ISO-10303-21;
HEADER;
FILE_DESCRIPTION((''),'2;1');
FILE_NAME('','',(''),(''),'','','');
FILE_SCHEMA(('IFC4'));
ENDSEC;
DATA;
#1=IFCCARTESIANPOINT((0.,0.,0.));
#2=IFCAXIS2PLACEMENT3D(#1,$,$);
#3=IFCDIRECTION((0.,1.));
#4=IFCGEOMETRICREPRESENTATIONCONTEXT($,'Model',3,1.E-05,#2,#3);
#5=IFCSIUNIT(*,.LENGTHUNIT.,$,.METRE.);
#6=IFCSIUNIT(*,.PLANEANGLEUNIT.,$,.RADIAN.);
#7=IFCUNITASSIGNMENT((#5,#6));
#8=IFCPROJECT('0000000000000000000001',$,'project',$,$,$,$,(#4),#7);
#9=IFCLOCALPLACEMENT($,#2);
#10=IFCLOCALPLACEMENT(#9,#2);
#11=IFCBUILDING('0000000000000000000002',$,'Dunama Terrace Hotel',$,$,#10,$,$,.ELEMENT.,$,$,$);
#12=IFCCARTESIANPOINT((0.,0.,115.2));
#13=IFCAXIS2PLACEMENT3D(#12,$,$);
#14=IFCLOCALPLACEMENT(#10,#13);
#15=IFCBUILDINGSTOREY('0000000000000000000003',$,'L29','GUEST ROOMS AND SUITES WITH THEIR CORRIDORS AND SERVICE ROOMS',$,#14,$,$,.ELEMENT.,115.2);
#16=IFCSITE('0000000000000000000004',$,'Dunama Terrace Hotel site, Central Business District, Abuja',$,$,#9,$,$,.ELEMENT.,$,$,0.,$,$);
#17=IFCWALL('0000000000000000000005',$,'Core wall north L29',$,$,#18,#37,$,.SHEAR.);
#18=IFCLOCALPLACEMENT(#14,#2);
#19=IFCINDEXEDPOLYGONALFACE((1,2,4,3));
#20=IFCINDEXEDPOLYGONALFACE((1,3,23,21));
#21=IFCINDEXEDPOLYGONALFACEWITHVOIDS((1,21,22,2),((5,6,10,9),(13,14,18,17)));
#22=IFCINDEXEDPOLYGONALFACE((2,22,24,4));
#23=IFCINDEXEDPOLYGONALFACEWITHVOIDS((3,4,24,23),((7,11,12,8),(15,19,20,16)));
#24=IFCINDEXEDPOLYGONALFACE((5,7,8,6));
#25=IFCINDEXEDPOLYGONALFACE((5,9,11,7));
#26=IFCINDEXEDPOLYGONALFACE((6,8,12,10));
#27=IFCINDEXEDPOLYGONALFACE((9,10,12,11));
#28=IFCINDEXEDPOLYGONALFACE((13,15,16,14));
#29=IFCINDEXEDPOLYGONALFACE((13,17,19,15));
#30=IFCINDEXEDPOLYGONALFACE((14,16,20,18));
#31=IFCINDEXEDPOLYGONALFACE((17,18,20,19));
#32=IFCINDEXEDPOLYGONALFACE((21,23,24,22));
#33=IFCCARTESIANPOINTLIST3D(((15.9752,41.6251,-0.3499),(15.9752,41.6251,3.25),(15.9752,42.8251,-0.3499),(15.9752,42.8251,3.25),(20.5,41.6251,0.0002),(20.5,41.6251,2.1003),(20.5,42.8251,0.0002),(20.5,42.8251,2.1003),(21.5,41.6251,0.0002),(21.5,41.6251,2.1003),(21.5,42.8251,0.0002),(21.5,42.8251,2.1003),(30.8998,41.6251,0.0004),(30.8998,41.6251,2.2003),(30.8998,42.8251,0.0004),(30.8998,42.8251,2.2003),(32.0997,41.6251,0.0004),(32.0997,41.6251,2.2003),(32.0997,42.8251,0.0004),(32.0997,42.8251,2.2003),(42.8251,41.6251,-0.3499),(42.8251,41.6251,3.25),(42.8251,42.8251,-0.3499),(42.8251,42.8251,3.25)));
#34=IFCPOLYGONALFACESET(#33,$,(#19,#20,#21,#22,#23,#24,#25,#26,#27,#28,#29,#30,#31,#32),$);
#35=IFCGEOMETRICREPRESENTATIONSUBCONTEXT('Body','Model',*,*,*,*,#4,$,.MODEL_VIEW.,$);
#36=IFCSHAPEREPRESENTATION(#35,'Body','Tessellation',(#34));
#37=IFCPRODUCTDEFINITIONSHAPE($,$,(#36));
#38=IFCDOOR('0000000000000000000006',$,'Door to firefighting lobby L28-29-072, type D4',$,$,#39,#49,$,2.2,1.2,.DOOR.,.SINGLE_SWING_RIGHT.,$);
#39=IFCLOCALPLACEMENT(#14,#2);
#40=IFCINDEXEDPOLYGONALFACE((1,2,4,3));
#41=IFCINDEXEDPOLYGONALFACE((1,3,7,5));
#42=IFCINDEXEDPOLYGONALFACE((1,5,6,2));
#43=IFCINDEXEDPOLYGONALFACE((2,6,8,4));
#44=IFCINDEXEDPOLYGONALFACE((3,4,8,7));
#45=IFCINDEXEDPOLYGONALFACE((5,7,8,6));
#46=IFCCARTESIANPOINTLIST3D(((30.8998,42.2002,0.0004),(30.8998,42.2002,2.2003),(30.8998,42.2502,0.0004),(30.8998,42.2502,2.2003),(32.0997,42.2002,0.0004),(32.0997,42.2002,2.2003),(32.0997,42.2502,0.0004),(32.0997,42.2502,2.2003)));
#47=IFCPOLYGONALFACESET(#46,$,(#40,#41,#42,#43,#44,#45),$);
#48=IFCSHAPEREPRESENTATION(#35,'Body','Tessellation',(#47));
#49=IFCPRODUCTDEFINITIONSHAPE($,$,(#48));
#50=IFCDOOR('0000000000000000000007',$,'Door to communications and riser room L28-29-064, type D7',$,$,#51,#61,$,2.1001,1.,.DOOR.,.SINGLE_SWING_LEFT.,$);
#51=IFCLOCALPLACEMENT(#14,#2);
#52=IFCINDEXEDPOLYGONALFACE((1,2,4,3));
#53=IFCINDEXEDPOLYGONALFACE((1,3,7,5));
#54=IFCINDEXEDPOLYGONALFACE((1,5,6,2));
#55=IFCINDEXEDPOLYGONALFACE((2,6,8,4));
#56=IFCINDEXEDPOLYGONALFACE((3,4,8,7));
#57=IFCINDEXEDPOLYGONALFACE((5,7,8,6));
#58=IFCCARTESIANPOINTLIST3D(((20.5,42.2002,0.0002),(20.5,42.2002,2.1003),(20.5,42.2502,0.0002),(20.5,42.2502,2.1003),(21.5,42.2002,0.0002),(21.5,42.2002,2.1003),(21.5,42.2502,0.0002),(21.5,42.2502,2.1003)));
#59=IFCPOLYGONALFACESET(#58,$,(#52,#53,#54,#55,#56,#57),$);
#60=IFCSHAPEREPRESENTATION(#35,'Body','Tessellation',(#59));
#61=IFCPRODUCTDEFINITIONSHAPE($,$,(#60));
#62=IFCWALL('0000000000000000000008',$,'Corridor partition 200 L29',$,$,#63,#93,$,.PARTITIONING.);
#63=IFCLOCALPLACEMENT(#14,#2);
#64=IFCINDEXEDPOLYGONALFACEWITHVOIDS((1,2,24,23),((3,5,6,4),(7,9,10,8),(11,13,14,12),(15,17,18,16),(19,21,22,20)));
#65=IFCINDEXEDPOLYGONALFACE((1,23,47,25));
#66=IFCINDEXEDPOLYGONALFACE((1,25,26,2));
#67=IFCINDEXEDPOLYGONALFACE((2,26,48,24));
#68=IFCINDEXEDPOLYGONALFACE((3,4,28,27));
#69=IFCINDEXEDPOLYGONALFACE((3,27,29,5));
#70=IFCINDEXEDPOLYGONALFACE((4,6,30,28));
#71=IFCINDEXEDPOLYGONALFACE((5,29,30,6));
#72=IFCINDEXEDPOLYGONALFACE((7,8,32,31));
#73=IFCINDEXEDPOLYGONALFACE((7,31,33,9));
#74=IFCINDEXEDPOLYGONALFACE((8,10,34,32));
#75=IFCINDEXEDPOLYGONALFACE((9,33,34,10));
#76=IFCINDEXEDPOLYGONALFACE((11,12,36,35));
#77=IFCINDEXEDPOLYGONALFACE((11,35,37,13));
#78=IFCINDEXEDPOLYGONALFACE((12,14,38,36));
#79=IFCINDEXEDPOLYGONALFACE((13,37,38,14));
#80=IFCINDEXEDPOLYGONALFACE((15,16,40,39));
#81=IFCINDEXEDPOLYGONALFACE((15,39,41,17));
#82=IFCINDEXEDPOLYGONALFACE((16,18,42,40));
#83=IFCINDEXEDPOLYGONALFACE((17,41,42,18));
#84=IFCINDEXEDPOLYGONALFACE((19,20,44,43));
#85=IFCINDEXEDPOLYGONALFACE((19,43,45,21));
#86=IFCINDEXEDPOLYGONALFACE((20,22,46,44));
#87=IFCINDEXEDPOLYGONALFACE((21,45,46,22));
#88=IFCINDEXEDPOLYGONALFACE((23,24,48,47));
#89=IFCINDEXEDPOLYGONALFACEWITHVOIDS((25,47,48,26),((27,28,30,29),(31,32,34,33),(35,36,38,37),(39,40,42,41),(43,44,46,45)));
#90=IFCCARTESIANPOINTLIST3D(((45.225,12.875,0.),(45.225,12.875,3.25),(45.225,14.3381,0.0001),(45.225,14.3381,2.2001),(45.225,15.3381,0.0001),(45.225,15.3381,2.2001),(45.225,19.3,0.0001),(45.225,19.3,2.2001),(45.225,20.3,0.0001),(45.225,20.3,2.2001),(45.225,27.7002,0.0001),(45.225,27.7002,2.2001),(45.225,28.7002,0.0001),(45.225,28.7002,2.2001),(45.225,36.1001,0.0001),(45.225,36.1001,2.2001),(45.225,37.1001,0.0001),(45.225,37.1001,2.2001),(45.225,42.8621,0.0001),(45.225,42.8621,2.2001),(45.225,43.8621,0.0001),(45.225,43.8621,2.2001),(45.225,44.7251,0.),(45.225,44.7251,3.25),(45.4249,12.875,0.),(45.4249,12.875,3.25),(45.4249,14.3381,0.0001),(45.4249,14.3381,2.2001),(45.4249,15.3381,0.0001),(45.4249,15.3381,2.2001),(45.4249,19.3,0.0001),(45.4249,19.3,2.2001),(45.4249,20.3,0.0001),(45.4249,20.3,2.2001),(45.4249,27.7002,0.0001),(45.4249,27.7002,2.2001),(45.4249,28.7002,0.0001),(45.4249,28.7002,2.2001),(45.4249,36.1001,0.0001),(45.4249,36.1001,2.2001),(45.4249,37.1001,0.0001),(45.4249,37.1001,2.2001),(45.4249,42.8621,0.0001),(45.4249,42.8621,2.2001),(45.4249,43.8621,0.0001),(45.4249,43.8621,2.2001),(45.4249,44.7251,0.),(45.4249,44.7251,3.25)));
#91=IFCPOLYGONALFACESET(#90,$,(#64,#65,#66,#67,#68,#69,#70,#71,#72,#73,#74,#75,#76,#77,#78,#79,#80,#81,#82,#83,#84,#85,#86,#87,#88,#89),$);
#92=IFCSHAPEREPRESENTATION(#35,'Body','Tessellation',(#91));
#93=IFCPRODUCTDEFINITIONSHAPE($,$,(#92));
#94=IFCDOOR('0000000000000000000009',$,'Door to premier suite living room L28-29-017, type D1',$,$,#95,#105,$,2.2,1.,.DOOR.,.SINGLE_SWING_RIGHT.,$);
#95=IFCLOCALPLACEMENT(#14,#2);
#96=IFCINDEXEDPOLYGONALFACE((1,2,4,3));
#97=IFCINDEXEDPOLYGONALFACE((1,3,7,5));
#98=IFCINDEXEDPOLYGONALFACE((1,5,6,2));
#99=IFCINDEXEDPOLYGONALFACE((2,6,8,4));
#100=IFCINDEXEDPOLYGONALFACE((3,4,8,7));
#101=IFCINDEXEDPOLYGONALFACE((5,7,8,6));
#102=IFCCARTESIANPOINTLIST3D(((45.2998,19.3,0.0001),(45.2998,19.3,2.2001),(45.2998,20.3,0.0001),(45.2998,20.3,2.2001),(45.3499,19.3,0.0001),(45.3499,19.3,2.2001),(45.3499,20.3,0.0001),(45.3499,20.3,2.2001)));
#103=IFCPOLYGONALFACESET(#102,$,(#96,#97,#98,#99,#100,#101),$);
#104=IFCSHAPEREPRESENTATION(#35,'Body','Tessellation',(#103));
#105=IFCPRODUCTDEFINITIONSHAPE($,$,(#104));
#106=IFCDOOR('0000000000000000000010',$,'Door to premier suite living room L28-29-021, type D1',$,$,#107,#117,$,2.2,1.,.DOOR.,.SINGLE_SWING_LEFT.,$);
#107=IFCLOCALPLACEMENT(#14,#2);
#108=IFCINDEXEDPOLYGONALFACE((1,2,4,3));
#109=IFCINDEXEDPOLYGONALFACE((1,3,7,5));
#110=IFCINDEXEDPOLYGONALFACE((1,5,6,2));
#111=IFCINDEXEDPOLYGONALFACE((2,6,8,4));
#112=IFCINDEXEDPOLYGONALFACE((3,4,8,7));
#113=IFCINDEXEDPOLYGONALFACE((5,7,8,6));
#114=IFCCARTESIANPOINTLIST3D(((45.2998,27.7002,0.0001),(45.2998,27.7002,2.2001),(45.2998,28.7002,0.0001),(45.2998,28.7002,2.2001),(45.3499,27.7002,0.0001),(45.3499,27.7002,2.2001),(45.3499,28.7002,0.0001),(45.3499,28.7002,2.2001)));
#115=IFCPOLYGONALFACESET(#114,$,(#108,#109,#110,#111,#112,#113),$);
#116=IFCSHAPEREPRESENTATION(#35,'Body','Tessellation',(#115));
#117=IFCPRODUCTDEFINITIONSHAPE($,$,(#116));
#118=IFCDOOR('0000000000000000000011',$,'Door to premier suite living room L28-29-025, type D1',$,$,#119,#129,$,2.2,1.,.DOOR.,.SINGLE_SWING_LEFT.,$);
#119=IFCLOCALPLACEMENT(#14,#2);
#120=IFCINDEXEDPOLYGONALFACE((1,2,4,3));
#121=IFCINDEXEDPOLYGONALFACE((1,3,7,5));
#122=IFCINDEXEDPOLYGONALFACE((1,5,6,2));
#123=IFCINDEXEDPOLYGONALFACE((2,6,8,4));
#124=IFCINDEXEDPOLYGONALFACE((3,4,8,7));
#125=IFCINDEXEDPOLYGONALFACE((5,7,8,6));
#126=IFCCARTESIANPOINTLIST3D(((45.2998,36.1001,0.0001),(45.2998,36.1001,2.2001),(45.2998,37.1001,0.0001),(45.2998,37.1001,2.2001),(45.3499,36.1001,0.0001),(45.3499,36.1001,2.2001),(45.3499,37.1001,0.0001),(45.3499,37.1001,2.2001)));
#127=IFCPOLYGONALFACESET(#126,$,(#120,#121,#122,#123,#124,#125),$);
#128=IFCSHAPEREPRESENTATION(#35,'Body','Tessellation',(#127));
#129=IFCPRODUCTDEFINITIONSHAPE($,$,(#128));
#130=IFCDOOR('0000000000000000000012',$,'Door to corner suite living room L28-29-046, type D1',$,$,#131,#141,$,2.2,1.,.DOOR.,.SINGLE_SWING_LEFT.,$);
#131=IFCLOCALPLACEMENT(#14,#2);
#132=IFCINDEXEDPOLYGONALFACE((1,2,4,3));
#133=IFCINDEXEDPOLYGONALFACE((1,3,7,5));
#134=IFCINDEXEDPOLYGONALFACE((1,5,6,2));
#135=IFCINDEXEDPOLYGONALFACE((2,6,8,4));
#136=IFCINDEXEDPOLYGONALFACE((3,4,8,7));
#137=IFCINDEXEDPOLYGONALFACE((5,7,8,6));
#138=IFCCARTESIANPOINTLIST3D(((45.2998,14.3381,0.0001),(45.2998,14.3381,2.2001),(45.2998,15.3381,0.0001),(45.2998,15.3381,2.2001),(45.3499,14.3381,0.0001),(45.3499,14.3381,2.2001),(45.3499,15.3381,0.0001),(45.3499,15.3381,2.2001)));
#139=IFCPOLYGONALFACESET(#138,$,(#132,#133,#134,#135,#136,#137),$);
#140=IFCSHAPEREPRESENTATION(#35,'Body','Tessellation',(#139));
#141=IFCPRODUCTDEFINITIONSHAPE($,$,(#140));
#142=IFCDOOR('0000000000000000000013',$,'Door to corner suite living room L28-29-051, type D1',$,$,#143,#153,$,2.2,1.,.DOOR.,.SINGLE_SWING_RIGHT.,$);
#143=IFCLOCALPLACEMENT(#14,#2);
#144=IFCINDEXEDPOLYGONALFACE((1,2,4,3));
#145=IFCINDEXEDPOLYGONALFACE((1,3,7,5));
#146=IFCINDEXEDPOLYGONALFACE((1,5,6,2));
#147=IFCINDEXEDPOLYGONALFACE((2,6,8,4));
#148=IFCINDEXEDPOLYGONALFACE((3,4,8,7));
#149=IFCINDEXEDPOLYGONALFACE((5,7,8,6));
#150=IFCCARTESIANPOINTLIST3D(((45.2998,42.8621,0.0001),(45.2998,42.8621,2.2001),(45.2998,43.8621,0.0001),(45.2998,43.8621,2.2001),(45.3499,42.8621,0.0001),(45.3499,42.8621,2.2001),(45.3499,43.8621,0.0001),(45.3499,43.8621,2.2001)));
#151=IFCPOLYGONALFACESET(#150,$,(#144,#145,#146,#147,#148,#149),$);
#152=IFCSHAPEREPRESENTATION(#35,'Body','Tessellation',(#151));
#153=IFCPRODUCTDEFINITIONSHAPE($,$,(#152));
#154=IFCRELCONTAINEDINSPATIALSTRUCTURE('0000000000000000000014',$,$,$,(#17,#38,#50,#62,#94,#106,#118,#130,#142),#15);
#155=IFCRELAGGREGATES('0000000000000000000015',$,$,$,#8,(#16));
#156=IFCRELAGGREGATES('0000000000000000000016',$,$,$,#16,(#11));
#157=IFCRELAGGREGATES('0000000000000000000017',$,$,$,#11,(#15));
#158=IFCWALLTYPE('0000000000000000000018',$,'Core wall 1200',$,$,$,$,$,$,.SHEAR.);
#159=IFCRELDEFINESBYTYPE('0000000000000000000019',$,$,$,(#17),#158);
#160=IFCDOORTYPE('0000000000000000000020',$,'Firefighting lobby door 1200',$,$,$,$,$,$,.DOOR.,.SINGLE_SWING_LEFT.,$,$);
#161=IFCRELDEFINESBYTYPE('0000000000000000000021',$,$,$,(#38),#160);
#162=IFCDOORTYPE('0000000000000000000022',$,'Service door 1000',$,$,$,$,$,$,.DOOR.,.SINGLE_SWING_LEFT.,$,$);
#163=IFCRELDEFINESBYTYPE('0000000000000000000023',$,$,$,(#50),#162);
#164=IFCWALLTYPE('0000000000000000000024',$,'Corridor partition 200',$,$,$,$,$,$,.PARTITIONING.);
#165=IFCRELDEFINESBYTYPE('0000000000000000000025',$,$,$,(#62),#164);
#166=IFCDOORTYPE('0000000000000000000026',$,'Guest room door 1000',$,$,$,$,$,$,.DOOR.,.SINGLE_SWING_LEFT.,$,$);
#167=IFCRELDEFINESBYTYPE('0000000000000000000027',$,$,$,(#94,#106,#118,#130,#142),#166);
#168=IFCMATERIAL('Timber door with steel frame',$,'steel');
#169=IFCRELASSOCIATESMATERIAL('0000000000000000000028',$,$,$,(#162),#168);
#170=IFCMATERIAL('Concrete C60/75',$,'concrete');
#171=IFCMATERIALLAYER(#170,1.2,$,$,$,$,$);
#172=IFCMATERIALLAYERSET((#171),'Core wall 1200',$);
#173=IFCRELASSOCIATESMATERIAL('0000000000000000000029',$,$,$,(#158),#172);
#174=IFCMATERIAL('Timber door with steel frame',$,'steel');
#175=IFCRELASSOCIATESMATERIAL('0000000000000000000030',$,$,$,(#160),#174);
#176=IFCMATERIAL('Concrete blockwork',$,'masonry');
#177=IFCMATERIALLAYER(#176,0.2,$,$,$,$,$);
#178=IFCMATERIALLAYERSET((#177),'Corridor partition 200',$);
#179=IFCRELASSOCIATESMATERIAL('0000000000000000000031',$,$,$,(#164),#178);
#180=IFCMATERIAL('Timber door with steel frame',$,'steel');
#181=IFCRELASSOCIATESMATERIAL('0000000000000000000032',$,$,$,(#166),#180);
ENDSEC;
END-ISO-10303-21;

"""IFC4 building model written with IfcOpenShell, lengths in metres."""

from ifc_helpers import new_model, si_unit, direction, frame, frame_2d, origin, place, context, subcontext, project, spatial, rectangle, extrude, material, layer, layer_set, type_object, element, fill, save


model = new_model("IFC4")

# Units and contexts
model_context = context("Model", 3, precision=1e-05, world=origin(), true_north=direction((0.0, 1.0)))
body_context = subcontext(model_context, "Body", "Model", "MODEL_VIEW")
ifc_project = project(units=[si_unit("LENGTHUNIT", "METRE"), si_unit("PLANEANGLEUNIT", "RADIAN")], contexts=[model_context])

# Site, building, storey
site_placement = place(None, origin())
site = spatial("IfcSite", under=ifc_project, at=site_placement, Name="Dunama Terrace Hotel site, Central Business District, Abuja", CompositionType="ELEMENT", RefElevation=0.0)
building_placement = place(site_placement, origin())
building = spatial("IfcBuilding", under=site, at=building_placement, Name="Dunama Terrace Hotel", CompositionType="ELEMENT")
storey_placement = place(building_placement, frame((0.0, 0.0, 115.2)))
storey = spatial("IfcBuildingStorey", under=building, at=storey_placement, Name="L29", Description="GUEST ROOMS AND SUITES WITH THEIR CORRIDORS AND SERVICE ROOMS", CompositionType="ELEMENT", Elevation=115.2)

# Shared definitions
ifc_material_1 = material(Name="Timber door with steel frame", Category="steel")
door_type_1 = type_object("IfcDoorType", Name="Service door 1000", OperationType="SINGLE_SWING_LEFT", PredefinedType="DOOR", material=ifc_material_1)

# Walls, openings, doors
ifc_material_2 = material(Name="Concrete C60/75", Category="concrete")
ifc_layer_1 = layer(ifc_material_2, 1.2)
ifc_layer_set_1 = layer_set([ifc_layer_1], Name="Core wall 1200")
wall_type_1 = type_object("IfcWallType", Name="Core wall 1200", PredefinedType="SHEAR", material=ifc_layer_set_1)
wall_1_placement = place(storey_placement, frame((42.825, 42.2251, -0.3499), z_axis=(0.0, 0.0, 1.0), x_axis=(-1.0, 0.0, 0.0)))
wall_1 = element("IfcWall", 1, at=wall_1_placement, inside=storey, type_object=wall_type_1, Name="Core wall north L29", PredefinedType="SHEAR", context=body_context, shape_type="SweptSolid", body=[
    extrude(rectangle(XDim=26.8499, YDim=1.2, at=frame_2d((13.4248, 0.0))), origin(), (0.0, 0.0, 1.0), 3.5999),
])
opening_1_placement = place(wall_1_placement, frame((21.325, 0.0, 0.3501)))
opening_1 = element("IfcOpeningElement", 2, at=opening_1_placement, cuts=wall_1, PredefinedType="OPENING", context=body_context, shape_type="SweptSolid", body=[
    extrude(rectangle(XDim=1.0, YDim=2.1001, at=frame_2d((0.5, 1.05))), frame((0.0, 0.6099, 0.0), z_axis=(0.0, -1.0, 0.0), x_axis=(1.0, 0.0, 0.0)), (0.0, 0.0, 1.0), 1.22),
])
opening_2_placement = place(wall_1_placement, frame((10.7251, 0.0, 0.3501)))
opening_2 = element("IfcOpeningElement", 3, at=opening_2_placement, cuts=wall_1, PredefinedType="OPENING", context=body_context, shape_type="SweptSolid", body=[
    extrude(rectangle(XDim=1.2, YDim=2.2, at=frame_2d((0.6001, 1.1001))), frame((0.0, 0.6099, 0.0), z_axis=(0.0, -1.0, 0.0), x_axis=(1.0, 0.0, 0.0)), (0.0, 0.0, 1.0), 1.22),
])
ifc_material_3 = material(Name="Timber door with steel frame", Category="steel")
door_type_2 = type_object("IfcDoorType", Name="Firefighting lobby door 1200", OperationType="SINGLE_SWING_LEFT", PredefinedType="DOOR", material=ifc_material_3)
door_1_placement = place(opening_2_placement, origin())
door_1 = element("IfcDoor", 4, at=door_1_placement, inside=storey, type_object=door_type_2, Name="Door to firefighting lobby L28-29-072, type D4", OperationType="SINGLE_SWING_RIGHT", OverallHeight=2.2, OverallWidth=1.2, PredefinedType="DOOR", context=body_context, shape_type="SweptSolid", body=[
    extrude(rectangle(XDim=1.2, YDim=2.2, at=frame_2d((0.6001, 1.1001))), frame((0.0, 0.0249, 0.0), z_axis=(0.0, -1.0, 0.0), x_axis=(1.0, 0.0, 0.0)), (0.0, 0.0, 1.0), 0.05),
])
fill(opening_2, door_1)
door_2_placement = place(opening_1_placement, origin())
door_2 = element("IfcDoor", 5, at=door_2_placement, inside=storey, type_object=door_type_1, Name="Door to communications and riser room L28-29-064, type D7", OperationType="SINGLE_SWING_LEFT", OverallHeight=2.1001, OverallWidth=1.0, PredefinedType="DOOR", context=body_context, shape_type="SweptSolid", body=[
    extrude(rectangle(XDim=1.0, YDim=2.1001, at=frame_2d((0.5, 1.05))), frame((0.0, 0.0249, 0.0), z_axis=(0.0, -1.0, 0.0), x_axis=(1.0, 0.0, 0.0)), (0.0, 0.0, 1.0), 0.05),
])
fill(opening_1, door_2)
ifc_material_4 = material(Name="Concrete blockwork", Category="masonry")
ifc_layer_2 = layer(ifc_material_4, 0.2)
ifc_layer_set_2 = layer_set([ifc_layer_2], Name="Corridor partition 200")
wall_type_2 = type_object("IfcWallType", Name="Corridor partition 200", PredefinedType="PARTITIONING", material=ifc_layer_set_2)
wall_2_placement = place(storey_placement, frame((45.325, 44.7251, 0.0), z_axis=(0.0, 0.0, 1.0), x_axis=(0.0, -1.0, 0.0)))
wall_2 = element("IfcWall", 6, at=wall_2_placement, inside=storey, type_object=wall_type_2, Name="Corridor partition 200 L29", PredefinedType="PARTITIONING", context=body_context, shape_type="SweptSolid", body=[
    extrude(rectangle(XDim=31.8501, YDim=0.2, at=frame_2d((15.925, 0.0))), origin(), (0.0, 0.0, 1.0), 3.25),
])
opening_3_placement = place(wall_2_placement, frame((24.425, 0.0, 0.0)))
opening_3 = element("IfcOpeningElement", 7, at=opening_3_placement, cuts=wall_2, PredefinedType="OPENING", context=body_context, shape_type="SweptSolid", body=[
    extrude(rectangle(XDim=1.0, YDim=2.2, at=frame_2d((0.5, 1.1001))), frame((0.0, 0.1099, 0.0), z_axis=(0.0, -1.0, 0.0), x_axis=(1.0, 0.0, 0.0)), (0.0, 0.0, 1.0), 0.22),
])
opening_4_placement = place(wall_2_placement, frame((16.0249, 0.0, 0.0)))
opening_4 = element("IfcOpeningElement", 8, at=opening_4_placement, cuts=wall_2, PredefinedType="OPENING", context=body_context, shape_type="SweptSolid", body=[
    extrude(rectangle(XDim=1.0, YDim=2.2, at=frame_2d((0.5, 1.1001))), frame((0.0, 0.1099, 0.0), z_axis=(0.0, -1.0, 0.0), x_axis=(1.0, 0.0, 0.0)), (0.0, 0.0, 1.0), 0.22),
])
opening_5_placement = place(wall_2_placement, frame((7.625, 0.0, 0.0)))
opening_5 = element("IfcOpeningElement", 9, at=opening_5_placement, cuts=wall_2, PredefinedType="OPENING", context=body_context, shape_type="SweptSolid", body=[
    extrude(rectangle(XDim=1.0, YDim=2.2, at=frame_2d((0.5, 1.1001))), frame((0.0, 0.1099, 0.0), z_axis=(0.0, -1.0, 0.0), x_axis=(1.0, 0.0, 0.0)), (0.0, 0.0, 1.0), 0.22),
])
opening_6_placement = place(wall_2_placement, frame((29.387, 0.0, 0.0)))
opening_6 = element("IfcOpeningElement", 10, at=opening_6_placement, cuts=wall_2, PredefinedType="OPENING", context=body_context, shape_type="SweptSolid", body=[
    extrude(rectangle(XDim=1.0, YDim=2.2, at=frame_2d((0.5, 1.1001))), frame((0.0, 0.1099, 0.0), z_axis=(0.0, -1.0, 0.0), x_axis=(1.0, 0.0, 0.0)), (0.0, 0.0, 1.0), 0.22),
])
opening_7_placement = place(wall_2_placement, frame((0.863, 0.0, 0.0)))
opening_7 = element("IfcOpeningElement", 11, at=opening_7_placement, cuts=wall_2, PredefinedType="OPENING", context=body_context, shape_type="SweptSolid", body=[
    extrude(rectangle(XDim=1.0, YDim=2.2, at=frame_2d((0.5, 1.1001))), frame((0.0, 0.1099, 0.0), z_axis=(0.0, -1.0, 0.0), x_axis=(1.0, 0.0, 0.0)), (0.0, 0.0, 1.0), 0.22),
])
ifc_material_5 = material(Name="Timber door with steel frame", Category="steel")
door_type_3 = type_object("IfcDoorType", Name="Guest room door 1000", OperationType="SINGLE_SWING_LEFT", PredefinedType="DOOR", material=ifc_material_5)
door_3_placement = place(opening_3_placement, origin())
door_3 = element("IfcDoor", 12, at=door_3_placement, inside=storey, type_object=door_type_3, Name="Door to premier suite living room L28-29-017, type D1", OperationType="SINGLE_SWING_RIGHT", OverallHeight=2.2, OverallWidth=1.0, PredefinedType="DOOR", context=body_context, shape_type="SweptSolid", body=[
    extrude(rectangle(XDim=1.0, YDim=2.2, at=frame_2d((0.5, 1.1001))), frame((0.0, 0.0249, 0.0), z_axis=(0.0, -1.0, 0.0), x_axis=(1.0, 0.0, 0.0)), (0.0, 0.0, 1.0), 0.05),
])
fill(opening_3, door_3)
door_4_placement = place(opening_4_placement, origin())
door_4 = element("IfcDoor", 13, at=door_4_placement, inside=storey, type_object=door_type_3, Name="Door to premier suite living room L28-29-021, type D1", OperationType="SINGLE_SWING_LEFT", OverallHeight=2.2, OverallWidth=1.0, PredefinedType="DOOR", context=body_context, shape_type="SweptSolid", body=[
    extrude(rectangle(XDim=1.0, YDim=2.2, at=frame_2d((0.5, 1.1001))), frame((0.0, 0.0249, 0.0), z_axis=(0.0, -1.0, 0.0), x_axis=(1.0, 0.0, 0.0)), (0.0, 0.0, 1.0), 0.05),
])
fill(opening_4, door_4)
door_5_placement = place(opening_5_placement, origin())
door_5 = element("IfcDoor", 14, at=door_5_placement, inside=storey, type_object=door_type_3, Name="Door to premier suite living room L28-29-025, type D1", OperationType="SINGLE_SWING_LEFT", OverallHeight=2.2, OverallWidth=1.0, PredefinedType="DOOR", context=body_context, shape_type="SweptSolid", body=[
    extrude(rectangle(XDim=1.0, YDim=2.2, at=frame_2d((0.5, 1.1001))), frame((0.0, 0.0249, 0.0), z_axis=(0.0, -1.0, 0.0), x_axis=(1.0, 0.0, 0.0)), (0.0, 0.0, 1.0), 0.05),
])
fill(opening_5, door_5)
door_6_placement = place(opening_6_placement, origin())
door_6 = element("IfcDoor", 15, at=door_6_placement, inside=storey, type_object=door_type_3, Name="Door to corner suite living room L28-29-046, type D1", OperationType="SINGLE_SWING_LEFT", OverallHeight=2.2, OverallWidth=1.0, PredefinedType="DOOR", context=body_context, shape_type="SweptSolid", body=[
    extrude(rectangle(XDim=1.0, YDim=2.2, at=frame_2d((0.5, 1.1001))), frame((0.0, 0.0249, 0.0), z_axis=(0.0, -1.0, 0.0), x_axis=(1.0, 0.0, 0.0)), (0.0, 0.0, 1.0), 0.05),
])
fill(opening_6, door_6)
door_7_placement = place(opening_7_placement, origin())
door_7 = element("IfcDoor", 16, at=door_7_placement, inside=storey, type_object=door_type_3, Name="Door to corner suite living room L28-29-051, type D1", OperationType="SINGLE_SWING_RIGHT", OverallHeight=2.2, OverallWidth=1.0, PredefinedType="DOOR", context=body_context, shape_type="SweptSolid", body=[
    extrude(rectangle(XDim=1.0, YDim=2.2, at=frame_2d((0.5, 1.1001))), frame((0.0, 0.0249, 0.0), z_axis=(0.0, -1.0, 0.0), x_axis=(1.0, 0.0, 0.0)), (0.0, 0.0, 1.0), 0.05),
])
fill(opening_7, door_7)

save(model, "model.ifc")
